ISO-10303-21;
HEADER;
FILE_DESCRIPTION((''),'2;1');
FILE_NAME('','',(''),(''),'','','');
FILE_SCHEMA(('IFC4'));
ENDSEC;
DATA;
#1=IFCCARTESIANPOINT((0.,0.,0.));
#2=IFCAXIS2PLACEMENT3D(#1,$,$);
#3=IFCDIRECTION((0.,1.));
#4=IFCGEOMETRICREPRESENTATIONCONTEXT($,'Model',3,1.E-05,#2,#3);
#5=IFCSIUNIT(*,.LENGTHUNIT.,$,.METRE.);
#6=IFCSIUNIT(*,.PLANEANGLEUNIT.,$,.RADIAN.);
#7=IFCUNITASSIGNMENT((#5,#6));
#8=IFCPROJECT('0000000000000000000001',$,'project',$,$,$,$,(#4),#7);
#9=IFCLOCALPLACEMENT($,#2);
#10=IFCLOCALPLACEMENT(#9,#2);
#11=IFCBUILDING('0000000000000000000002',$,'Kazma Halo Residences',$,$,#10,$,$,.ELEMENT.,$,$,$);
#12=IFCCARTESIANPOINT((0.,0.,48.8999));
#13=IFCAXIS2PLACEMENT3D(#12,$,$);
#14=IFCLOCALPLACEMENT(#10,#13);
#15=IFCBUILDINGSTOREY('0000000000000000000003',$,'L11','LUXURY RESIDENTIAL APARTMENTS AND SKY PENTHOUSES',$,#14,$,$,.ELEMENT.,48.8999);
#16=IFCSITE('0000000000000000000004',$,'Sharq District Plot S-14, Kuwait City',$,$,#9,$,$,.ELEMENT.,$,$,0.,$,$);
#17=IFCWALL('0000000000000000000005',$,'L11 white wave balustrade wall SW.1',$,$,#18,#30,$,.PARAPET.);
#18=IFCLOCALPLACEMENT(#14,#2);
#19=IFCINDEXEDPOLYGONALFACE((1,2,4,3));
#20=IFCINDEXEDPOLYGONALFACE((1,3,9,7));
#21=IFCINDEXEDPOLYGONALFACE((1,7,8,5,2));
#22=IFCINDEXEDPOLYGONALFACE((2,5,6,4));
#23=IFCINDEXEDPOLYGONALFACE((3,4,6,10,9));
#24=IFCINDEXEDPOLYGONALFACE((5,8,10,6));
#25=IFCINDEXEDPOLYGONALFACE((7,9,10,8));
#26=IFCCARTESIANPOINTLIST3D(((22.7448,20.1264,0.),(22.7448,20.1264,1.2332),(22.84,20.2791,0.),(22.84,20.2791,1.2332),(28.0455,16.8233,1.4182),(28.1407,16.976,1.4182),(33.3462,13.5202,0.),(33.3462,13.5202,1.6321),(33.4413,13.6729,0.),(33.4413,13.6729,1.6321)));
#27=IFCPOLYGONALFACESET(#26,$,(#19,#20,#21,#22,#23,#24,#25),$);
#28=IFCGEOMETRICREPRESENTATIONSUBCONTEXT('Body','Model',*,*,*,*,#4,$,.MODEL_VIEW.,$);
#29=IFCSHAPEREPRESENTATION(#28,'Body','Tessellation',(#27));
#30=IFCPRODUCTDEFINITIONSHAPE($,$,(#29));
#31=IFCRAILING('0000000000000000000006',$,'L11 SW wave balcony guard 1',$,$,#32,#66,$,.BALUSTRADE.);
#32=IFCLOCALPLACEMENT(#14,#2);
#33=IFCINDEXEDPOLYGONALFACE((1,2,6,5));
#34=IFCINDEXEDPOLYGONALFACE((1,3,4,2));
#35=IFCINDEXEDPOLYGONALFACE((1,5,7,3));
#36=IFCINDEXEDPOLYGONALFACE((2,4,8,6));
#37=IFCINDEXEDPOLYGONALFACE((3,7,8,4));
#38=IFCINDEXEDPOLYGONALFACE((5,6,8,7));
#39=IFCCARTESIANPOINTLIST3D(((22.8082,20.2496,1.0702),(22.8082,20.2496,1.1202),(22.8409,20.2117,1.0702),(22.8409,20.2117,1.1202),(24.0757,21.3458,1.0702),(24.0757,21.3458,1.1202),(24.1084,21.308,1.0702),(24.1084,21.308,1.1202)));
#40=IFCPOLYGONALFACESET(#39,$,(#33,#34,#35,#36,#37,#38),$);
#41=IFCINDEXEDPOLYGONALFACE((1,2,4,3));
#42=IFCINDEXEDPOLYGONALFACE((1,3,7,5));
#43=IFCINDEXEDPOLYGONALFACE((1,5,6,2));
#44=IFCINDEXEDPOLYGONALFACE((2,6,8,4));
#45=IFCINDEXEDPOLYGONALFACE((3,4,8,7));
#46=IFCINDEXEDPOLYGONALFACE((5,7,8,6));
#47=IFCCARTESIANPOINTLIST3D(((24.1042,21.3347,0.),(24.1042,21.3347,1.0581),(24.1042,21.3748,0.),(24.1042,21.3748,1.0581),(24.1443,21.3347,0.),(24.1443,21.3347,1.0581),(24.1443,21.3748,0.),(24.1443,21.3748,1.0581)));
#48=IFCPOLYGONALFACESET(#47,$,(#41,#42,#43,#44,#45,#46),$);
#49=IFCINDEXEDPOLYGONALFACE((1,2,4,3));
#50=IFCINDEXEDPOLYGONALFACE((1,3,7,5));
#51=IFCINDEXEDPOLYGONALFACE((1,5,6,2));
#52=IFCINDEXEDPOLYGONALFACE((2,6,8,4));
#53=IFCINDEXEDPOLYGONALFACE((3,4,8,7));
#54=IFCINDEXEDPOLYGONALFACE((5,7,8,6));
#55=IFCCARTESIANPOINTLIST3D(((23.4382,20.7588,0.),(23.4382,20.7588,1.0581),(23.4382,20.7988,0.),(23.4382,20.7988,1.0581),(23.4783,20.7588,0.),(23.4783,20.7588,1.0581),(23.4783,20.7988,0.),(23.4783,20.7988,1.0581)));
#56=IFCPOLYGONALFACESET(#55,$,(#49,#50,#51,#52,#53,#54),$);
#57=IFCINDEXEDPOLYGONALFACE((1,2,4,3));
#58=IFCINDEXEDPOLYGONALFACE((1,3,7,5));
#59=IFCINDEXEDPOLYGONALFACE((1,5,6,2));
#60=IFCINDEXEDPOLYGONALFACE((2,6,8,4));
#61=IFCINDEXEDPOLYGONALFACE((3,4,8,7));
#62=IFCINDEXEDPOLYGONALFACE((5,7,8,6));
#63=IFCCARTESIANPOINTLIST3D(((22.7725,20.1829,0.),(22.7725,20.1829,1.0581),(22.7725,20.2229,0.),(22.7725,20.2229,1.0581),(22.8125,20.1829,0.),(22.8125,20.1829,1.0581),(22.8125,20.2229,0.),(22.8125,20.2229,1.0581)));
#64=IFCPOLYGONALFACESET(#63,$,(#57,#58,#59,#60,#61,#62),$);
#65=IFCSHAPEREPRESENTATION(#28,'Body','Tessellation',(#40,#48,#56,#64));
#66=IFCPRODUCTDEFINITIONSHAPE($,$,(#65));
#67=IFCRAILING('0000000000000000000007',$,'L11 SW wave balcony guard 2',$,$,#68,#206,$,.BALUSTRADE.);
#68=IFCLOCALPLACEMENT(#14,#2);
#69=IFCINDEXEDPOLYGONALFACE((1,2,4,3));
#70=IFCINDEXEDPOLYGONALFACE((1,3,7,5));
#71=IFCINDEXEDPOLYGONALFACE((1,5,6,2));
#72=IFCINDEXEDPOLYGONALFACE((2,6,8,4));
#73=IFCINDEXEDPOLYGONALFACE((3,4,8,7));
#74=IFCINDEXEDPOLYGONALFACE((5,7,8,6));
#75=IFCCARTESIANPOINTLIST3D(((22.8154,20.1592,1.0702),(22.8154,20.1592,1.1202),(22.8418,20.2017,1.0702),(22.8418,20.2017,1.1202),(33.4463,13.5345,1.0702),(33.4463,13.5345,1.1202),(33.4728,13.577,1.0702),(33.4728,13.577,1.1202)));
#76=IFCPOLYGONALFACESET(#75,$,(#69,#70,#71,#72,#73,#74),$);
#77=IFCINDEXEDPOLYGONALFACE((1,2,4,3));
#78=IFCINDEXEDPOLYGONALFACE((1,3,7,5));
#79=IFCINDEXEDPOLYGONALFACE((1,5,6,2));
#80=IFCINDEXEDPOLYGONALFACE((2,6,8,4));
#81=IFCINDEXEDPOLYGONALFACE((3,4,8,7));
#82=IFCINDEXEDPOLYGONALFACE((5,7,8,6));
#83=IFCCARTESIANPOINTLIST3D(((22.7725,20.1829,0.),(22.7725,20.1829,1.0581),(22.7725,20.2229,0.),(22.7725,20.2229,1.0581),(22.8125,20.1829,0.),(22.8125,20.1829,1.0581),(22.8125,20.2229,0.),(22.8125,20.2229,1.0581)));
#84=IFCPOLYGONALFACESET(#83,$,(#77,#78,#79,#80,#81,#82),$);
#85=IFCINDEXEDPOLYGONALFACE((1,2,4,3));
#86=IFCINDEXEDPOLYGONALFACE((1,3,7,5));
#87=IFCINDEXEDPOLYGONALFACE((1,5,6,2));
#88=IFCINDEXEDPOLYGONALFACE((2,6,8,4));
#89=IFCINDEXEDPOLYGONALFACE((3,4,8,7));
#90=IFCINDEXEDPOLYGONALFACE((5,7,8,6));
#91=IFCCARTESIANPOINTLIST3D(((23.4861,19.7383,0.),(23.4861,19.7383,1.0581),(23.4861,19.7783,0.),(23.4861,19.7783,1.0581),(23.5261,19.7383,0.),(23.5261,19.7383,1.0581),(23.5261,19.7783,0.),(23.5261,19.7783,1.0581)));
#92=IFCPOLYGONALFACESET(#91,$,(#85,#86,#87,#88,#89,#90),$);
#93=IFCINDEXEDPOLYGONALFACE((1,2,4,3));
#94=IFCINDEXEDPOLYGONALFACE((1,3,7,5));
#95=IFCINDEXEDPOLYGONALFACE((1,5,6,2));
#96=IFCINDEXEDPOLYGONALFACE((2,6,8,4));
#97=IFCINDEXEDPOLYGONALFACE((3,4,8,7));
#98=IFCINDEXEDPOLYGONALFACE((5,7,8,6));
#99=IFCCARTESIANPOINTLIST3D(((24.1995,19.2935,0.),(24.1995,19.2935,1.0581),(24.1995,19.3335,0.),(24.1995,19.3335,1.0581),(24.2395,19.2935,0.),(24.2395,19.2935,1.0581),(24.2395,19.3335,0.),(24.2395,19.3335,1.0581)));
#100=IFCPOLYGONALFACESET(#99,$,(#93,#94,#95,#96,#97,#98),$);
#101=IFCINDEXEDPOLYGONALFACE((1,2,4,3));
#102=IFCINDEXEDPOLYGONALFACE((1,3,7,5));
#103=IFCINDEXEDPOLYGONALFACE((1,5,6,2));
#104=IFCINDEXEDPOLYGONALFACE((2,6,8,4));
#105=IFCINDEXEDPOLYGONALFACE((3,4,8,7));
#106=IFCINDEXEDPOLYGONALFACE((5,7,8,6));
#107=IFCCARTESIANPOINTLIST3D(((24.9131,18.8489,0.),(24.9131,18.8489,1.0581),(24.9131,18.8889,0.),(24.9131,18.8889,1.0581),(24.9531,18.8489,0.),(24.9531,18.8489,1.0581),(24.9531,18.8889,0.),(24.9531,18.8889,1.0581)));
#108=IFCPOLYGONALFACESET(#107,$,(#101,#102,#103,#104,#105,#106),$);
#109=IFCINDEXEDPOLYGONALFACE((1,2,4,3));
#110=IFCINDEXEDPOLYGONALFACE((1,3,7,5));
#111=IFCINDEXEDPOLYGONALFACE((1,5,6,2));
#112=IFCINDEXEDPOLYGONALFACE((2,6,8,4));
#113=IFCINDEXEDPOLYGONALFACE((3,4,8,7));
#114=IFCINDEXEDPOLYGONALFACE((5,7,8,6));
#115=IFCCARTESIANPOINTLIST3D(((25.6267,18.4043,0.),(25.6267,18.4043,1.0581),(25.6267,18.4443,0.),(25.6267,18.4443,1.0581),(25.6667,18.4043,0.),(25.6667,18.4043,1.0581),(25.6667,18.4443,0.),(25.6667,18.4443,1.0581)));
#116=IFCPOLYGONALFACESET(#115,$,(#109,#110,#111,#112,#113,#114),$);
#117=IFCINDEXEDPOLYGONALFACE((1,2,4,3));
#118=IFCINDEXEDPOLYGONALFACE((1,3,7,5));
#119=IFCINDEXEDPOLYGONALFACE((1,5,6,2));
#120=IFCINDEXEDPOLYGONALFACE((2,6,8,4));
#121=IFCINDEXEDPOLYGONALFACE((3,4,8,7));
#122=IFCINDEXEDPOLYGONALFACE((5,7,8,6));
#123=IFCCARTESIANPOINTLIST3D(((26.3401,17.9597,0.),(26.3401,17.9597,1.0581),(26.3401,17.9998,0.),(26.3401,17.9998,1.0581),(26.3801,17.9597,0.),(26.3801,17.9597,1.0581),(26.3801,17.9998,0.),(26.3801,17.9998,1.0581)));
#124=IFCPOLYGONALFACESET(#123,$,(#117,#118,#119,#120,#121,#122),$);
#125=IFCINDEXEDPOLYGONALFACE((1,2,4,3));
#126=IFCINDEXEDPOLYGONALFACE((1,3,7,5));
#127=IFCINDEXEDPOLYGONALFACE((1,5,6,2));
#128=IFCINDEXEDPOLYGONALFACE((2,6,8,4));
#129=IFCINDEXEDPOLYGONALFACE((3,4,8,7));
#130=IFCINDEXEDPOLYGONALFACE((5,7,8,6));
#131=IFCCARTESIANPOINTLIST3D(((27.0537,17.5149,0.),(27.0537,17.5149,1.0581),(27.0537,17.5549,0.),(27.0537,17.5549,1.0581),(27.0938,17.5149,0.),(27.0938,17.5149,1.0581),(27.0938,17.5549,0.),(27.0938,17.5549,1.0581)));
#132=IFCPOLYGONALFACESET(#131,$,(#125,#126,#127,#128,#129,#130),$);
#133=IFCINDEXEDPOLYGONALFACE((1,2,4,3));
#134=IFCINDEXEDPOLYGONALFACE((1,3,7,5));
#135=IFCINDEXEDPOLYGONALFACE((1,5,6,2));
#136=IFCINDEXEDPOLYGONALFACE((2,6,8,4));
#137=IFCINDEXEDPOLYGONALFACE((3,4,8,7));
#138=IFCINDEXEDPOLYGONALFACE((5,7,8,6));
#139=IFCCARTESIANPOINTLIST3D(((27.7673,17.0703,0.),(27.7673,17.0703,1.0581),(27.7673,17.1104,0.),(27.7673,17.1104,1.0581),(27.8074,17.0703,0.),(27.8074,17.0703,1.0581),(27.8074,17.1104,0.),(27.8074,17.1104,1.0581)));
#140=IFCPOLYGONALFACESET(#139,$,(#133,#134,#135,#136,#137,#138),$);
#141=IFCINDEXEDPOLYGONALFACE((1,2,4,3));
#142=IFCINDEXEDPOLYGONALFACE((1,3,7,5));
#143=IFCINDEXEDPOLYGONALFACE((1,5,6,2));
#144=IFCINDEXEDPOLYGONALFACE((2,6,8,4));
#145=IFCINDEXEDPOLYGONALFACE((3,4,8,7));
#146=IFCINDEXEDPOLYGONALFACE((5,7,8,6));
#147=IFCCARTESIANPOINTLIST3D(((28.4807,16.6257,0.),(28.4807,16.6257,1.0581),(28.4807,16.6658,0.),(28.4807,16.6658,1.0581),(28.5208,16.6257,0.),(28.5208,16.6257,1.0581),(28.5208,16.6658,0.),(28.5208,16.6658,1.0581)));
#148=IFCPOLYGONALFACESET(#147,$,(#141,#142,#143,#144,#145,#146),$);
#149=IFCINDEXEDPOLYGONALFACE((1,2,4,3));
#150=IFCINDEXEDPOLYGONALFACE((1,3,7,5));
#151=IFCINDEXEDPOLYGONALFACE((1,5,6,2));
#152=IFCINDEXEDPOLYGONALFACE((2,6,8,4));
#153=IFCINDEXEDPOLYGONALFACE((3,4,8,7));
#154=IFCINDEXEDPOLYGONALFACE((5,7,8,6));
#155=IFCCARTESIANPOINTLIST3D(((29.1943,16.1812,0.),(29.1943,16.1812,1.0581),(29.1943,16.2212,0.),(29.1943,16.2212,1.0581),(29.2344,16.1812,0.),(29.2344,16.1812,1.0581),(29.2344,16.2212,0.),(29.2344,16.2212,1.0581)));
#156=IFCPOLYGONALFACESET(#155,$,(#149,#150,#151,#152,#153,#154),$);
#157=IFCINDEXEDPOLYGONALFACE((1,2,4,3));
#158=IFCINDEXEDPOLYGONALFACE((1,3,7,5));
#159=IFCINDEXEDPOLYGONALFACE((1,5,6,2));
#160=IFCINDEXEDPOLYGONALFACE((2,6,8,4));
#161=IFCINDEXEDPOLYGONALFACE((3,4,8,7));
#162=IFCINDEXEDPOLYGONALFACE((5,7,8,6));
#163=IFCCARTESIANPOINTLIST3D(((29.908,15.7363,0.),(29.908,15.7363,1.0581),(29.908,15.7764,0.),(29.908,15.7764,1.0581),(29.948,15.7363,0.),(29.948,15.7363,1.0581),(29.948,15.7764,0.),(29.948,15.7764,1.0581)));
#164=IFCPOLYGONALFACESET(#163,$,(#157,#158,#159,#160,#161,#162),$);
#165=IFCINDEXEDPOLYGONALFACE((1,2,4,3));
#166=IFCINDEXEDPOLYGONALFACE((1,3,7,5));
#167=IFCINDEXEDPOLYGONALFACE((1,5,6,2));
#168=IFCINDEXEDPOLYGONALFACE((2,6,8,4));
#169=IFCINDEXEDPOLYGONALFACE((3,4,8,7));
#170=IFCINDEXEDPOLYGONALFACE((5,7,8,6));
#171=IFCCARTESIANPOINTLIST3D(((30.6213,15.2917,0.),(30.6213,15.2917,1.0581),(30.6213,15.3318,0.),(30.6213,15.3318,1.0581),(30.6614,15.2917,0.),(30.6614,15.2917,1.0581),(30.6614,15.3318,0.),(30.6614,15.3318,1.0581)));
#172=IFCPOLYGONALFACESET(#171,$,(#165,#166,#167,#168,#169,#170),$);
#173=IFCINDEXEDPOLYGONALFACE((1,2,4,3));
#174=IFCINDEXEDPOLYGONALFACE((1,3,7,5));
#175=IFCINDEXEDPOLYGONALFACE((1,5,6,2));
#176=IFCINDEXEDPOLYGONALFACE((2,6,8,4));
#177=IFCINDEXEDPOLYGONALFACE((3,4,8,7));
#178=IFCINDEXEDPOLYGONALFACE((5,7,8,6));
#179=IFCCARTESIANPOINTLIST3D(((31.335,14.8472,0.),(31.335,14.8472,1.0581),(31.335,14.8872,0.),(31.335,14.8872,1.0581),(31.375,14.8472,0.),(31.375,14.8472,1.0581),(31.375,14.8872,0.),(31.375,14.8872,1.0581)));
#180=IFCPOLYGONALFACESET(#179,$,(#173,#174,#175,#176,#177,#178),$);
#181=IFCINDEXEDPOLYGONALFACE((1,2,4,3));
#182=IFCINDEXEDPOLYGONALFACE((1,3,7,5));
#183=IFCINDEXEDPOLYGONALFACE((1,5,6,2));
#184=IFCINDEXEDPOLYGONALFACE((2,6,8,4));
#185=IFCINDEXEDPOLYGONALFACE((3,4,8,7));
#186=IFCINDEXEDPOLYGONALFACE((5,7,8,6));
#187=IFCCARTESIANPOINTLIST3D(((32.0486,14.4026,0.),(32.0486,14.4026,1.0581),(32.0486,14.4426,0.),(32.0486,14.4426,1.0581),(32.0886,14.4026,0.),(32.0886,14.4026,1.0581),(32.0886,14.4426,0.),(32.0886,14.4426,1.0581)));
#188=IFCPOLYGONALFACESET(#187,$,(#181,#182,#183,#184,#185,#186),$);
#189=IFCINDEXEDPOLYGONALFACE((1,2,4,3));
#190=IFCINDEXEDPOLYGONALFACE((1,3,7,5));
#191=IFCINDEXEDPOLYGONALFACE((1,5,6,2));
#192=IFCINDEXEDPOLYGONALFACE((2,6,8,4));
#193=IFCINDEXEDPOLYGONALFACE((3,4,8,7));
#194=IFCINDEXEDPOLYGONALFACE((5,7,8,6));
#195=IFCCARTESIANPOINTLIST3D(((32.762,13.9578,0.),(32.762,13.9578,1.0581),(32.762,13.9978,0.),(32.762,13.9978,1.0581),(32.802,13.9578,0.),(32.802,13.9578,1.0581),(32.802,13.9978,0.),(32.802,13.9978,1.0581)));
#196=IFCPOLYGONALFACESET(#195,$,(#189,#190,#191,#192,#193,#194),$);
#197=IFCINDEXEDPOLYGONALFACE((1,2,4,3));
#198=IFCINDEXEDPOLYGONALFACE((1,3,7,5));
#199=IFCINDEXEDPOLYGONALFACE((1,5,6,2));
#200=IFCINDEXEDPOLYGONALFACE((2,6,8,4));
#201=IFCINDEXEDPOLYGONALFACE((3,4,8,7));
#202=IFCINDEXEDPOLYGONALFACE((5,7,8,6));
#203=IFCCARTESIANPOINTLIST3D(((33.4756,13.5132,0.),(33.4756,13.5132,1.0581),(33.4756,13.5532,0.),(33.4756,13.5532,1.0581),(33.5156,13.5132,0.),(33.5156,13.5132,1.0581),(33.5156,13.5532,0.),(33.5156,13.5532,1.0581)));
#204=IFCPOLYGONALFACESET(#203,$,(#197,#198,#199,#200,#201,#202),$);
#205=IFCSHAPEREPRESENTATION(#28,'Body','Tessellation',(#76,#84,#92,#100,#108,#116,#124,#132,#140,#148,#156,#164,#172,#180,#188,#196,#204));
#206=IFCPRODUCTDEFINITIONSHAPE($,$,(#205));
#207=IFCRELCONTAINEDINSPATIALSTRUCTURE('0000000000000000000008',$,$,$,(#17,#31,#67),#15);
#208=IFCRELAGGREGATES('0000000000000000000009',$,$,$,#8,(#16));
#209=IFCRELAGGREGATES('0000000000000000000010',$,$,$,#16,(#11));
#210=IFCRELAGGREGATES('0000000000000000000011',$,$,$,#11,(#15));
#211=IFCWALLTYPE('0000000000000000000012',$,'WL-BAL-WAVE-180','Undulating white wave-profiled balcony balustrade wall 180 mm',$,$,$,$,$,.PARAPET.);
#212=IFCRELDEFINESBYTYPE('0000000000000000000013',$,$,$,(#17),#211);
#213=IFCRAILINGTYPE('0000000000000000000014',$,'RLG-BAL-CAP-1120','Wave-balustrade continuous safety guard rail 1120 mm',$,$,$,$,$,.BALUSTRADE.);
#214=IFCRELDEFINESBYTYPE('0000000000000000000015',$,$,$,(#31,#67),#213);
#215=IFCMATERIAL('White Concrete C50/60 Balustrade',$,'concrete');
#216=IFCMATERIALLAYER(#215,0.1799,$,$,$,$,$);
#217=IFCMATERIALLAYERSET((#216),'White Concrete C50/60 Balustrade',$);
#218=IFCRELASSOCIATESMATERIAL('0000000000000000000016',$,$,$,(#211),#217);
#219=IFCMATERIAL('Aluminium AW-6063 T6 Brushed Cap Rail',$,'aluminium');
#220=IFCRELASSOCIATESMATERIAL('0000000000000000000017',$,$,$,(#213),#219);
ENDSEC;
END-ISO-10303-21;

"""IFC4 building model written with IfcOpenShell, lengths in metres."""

from ifc_helpers import new_model, si_unit, direction, frame, origin, origin_2d, place, context, subcontext, project, spatial, polyline, rectangle, outline, extrude, material, layer, layer_set, type_object, element, save


model = new_model("IFC4")

# Units and contexts
model_context = context("Model", 3, precision=1e-05, world=origin(), true_north=direction((0.0, 1.0)))
body_context = subcontext(model_context, "Body", "Model", "MODEL_VIEW")
ifc_project = project(units=[si_unit("LENGTHUNIT", "METRE"), si_unit("PLANEANGLEUNIT", "RADIAN")], contexts=[model_context])

# Site, building, storey
site_placement = place(None, origin())
site = spatial("IfcSite", under=ifc_project, at=site_placement, Name="Sharq District Plot S-14, Kuwait City", CompositionType="ELEMENT", RefElevation=0.0)
building_placement = place(site_placement, origin())
building = spatial("IfcBuilding", under=site, at=building_placement, Name="Kazma Halo Residences", CompositionType="ELEMENT")
storey_placement = place(building_placement, frame((0.0, 0.0, 48.8999)))
storey = spatial("IfcBuildingStorey", under=building, at=storey_placement, Name="L11", Description="LUXURY RESIDENTIAL APARTMENTS AND SKY PENTHOUSES", CompositionType="ELEMENT", Elevation=48.8999)

# Wall
ifc_material_1 = material(Name="White Concrete C50/60 Balustrade", Category="concrete")
ifc_layer_1 = layer(ifc_material_1, 0.1799)
ifc_layer_set_1 = layer_set([ifc_layer_1], Name="White Concrete C50/60 Balustrade")
wall_type_1 = type_object("IfcWallType", Name="WL-BAL-WAVE-180", Description="Undulating white wave-profiled balcony balustrade wall 180 mm", PredefinedType="PARAPET", material=ifc_layer_set_1)
wall_1_placement = place(storey_placement, frame((22.7925, 20.2029, 0.0), z_axis=(0.0, 0.0, 1.0), x_axis=(0.848704, -0.528869, 0.0)))
element("IfcWall", 1, at=wall_1_placement, inside=storey, type_object=wall_type_1, Name="L11 white wave balustrade wall SW.1", PredefinedType="PARAPET", context=body_context, shape_type="SweptSolid", body=[
    extrude(outline(polyline([(0.0, 0.0), (12.4912, 0.0), (12.4912, 1.6321), (6.2456, 1.4182), (0.0, 1.2332), (0.0, 0.0)])), frame((0.0, 0.0898, 0.0), z_axis=(0.0, -1.0, 0.0), x_axis=(1.0, 0.0, 0.0)), (0.0, 0.0, 1.0), 0.1799),
])

# Railings
ifc_material_2 = material(Name="Aluminium AW-6063 T6 Brushed Cap Rail", Category="aluminium")
railing_type = type_object("IfcRailingType", Name="RLG-BAL-CAP-1120", Description="Wave-balustrade continuous safety guard rail 1120 mm", PredefinedType="BALUSTRADE", material=ifc_material_2)
railing_1_placement = place(storey_placement, frame((24.1243, 21.3547, 0.0)))
element("IfcRailing", 2, at=railing_1_placement, inside=storey, type_object=railing_type, Name="L11 SW wave balcony guard 1", PredefinedType="BALUSTRADE", context=body_context, shape_type="SweptSolid", body=[
    extrude(rectangle(XDim=0.05, YDim=0.05, at=origin_2d()), frame((-0.0322, -0.0278, 1.0952), z_axis=(-0.756352, -0.654165, 0.0), x_axis=(0.654165, -0.756352, 0.0)), (0.0, 0.0, 1.0), 1.6758),
    extrude(rectangle(XDim=0.04, YDim=0.04, at=origin_2d()), origin(), (0.0, 0.0, 1.0), 1.0581),
    extrude(rectangle(XDim=0.04, YDim=0.04, at=origin_2d()), frame((-0.666, -0.5759, 0.0)), (0.0, 0.0, 1.0), 1.0581),
    extrude(rectangle(XDim=0.04, YDim=0.04, at=origin_2d()), frame((-1.3318, -1.1519, 0.0)), (0.0, 0.0, 1.0), 1.0581),
])
railing_2_placement = place(storey_placement, frame((22.7925, 20.2029, 0.0)))
element("IfcRailing", 3, at=railing_2_placement, inside=storey, type_object=railing_type, Name="L11 SW wave balcony guard 2", PredefinedType="BALUSTRADE", context=body_context, shape_type="SweptSolid", body=[
    extrude(rectangle(XDim=0.05, YDim=0.05, at=origin_2d()), frame((0.0361, -0.0225, 1.0952), z_axis=(0.848702, -0.528871, 0.0), x_axis=(0.528871, 0.848702, 0.0)), (0.0, 0.0, 1.0), 12.5261),
    extrude(rectangle(XDim=0.04, YDim=0.04, at=origin_2d()), origin(), (0.0, 0.0, 1.0), 1.0581),
    extrude(rectangle(XDim=0.04, YDim=0.04, at=origin_2d()), frame((0.7136, -0.4446, 0.0)), (0.0, 0.0, 1.0), 1.0581),
    extrude(rectangle(XDim=0.04, YDim=0.04, at=origin_2d()), frame((1.427, -0.8894, 0.0)), (0.0, 0.0, 1.0), 1.0581),
    extrude(rectangle(XDim=0.04, YDim=0.04, at=origin_2d()), frame((2.1406, -1.334, 0.0)), (0.0, 0.0, 1.0), 1.0581),
    extrude(rectangle(XDim=0.04, YDim=0.04, at=origin_2d()), frame((2.8542, -1.7786, 0.0)), (0.0, 0.0, 1.0), 1.0581),
    extrude(rectangle(XDim=0.04, YDim=0.04, at=origin_2d()), frame((3.5676, -2.2231, 0.0)), (0.0, 0.0, 1.0), 1.0581),
    extrude(rectangle(XDim=0.04, YDim=0.04, at=origin_2d()), frame((4.2812, -2.668, 0.0)), (0.0, 0.0, 1.0), 1.0581),
    extrude(rectangle(XDim=0.04, YDim=0.04, at=origin_2d()), frame((4.9949, -3.1125, 0.0)), (0.0, 0.0, 1.0), 1.0581),
    extrude(rectangle(XDim=0.04, YDim=0.04, at=origin_2d()), frame((5.7083, -3.5571, 0.0)), (0.0, 0.0, 1.0), 1.0581),
    extrude(rectangle(XDim=0.04, YDim=0.04, at=origin_2d()), frame((6.4219, -4.0017, 0.0)), (0.0, 0.0, 1.0), 1.0581),
    extrude(rectangle(XDim=0.04, YDim=0.04, at=origin_2d()), frame((7.1355, -4.4465, 0.0)), (0.0, 0.0, 1.0), 1.0581),
    extrude(rectangle(XDim=0.04, YDim=0.04, at=origin_2d()), frame((7.8489, -4.8911, 0.0)), (0.0, 0.0, 1.0), 1.0581),
    extrude(rectangle(XDim=0.04, YDim=0.04, at=origin_2d()), frame((8.5625, -5.3357, 0.0)), (0.0, 0.0, 1.0), 1.0581),
    extrude(rectangle(XDim=0.04, YDim=0.04, at=origin_2d()), frame((9.2761, -5.7803, 0.0)), (0.0, 0.0, 1.0), 1.0581),
    extrude(rectangle(XDim=0.04, YDim=0.04, at=origin_2d()), frame((9.9895, -6.2251, 0.0)), (0.0, 0.0, 1.0), 1.0581),
    extrude(rectangle(XDim=0.04, YDim=0.04, at=origin_2d()), frame((10.7031, -6.6697, 0.0)), (0.0, 0.0, 1.0), 1.0581),
])

save(model, "model.ifc")
